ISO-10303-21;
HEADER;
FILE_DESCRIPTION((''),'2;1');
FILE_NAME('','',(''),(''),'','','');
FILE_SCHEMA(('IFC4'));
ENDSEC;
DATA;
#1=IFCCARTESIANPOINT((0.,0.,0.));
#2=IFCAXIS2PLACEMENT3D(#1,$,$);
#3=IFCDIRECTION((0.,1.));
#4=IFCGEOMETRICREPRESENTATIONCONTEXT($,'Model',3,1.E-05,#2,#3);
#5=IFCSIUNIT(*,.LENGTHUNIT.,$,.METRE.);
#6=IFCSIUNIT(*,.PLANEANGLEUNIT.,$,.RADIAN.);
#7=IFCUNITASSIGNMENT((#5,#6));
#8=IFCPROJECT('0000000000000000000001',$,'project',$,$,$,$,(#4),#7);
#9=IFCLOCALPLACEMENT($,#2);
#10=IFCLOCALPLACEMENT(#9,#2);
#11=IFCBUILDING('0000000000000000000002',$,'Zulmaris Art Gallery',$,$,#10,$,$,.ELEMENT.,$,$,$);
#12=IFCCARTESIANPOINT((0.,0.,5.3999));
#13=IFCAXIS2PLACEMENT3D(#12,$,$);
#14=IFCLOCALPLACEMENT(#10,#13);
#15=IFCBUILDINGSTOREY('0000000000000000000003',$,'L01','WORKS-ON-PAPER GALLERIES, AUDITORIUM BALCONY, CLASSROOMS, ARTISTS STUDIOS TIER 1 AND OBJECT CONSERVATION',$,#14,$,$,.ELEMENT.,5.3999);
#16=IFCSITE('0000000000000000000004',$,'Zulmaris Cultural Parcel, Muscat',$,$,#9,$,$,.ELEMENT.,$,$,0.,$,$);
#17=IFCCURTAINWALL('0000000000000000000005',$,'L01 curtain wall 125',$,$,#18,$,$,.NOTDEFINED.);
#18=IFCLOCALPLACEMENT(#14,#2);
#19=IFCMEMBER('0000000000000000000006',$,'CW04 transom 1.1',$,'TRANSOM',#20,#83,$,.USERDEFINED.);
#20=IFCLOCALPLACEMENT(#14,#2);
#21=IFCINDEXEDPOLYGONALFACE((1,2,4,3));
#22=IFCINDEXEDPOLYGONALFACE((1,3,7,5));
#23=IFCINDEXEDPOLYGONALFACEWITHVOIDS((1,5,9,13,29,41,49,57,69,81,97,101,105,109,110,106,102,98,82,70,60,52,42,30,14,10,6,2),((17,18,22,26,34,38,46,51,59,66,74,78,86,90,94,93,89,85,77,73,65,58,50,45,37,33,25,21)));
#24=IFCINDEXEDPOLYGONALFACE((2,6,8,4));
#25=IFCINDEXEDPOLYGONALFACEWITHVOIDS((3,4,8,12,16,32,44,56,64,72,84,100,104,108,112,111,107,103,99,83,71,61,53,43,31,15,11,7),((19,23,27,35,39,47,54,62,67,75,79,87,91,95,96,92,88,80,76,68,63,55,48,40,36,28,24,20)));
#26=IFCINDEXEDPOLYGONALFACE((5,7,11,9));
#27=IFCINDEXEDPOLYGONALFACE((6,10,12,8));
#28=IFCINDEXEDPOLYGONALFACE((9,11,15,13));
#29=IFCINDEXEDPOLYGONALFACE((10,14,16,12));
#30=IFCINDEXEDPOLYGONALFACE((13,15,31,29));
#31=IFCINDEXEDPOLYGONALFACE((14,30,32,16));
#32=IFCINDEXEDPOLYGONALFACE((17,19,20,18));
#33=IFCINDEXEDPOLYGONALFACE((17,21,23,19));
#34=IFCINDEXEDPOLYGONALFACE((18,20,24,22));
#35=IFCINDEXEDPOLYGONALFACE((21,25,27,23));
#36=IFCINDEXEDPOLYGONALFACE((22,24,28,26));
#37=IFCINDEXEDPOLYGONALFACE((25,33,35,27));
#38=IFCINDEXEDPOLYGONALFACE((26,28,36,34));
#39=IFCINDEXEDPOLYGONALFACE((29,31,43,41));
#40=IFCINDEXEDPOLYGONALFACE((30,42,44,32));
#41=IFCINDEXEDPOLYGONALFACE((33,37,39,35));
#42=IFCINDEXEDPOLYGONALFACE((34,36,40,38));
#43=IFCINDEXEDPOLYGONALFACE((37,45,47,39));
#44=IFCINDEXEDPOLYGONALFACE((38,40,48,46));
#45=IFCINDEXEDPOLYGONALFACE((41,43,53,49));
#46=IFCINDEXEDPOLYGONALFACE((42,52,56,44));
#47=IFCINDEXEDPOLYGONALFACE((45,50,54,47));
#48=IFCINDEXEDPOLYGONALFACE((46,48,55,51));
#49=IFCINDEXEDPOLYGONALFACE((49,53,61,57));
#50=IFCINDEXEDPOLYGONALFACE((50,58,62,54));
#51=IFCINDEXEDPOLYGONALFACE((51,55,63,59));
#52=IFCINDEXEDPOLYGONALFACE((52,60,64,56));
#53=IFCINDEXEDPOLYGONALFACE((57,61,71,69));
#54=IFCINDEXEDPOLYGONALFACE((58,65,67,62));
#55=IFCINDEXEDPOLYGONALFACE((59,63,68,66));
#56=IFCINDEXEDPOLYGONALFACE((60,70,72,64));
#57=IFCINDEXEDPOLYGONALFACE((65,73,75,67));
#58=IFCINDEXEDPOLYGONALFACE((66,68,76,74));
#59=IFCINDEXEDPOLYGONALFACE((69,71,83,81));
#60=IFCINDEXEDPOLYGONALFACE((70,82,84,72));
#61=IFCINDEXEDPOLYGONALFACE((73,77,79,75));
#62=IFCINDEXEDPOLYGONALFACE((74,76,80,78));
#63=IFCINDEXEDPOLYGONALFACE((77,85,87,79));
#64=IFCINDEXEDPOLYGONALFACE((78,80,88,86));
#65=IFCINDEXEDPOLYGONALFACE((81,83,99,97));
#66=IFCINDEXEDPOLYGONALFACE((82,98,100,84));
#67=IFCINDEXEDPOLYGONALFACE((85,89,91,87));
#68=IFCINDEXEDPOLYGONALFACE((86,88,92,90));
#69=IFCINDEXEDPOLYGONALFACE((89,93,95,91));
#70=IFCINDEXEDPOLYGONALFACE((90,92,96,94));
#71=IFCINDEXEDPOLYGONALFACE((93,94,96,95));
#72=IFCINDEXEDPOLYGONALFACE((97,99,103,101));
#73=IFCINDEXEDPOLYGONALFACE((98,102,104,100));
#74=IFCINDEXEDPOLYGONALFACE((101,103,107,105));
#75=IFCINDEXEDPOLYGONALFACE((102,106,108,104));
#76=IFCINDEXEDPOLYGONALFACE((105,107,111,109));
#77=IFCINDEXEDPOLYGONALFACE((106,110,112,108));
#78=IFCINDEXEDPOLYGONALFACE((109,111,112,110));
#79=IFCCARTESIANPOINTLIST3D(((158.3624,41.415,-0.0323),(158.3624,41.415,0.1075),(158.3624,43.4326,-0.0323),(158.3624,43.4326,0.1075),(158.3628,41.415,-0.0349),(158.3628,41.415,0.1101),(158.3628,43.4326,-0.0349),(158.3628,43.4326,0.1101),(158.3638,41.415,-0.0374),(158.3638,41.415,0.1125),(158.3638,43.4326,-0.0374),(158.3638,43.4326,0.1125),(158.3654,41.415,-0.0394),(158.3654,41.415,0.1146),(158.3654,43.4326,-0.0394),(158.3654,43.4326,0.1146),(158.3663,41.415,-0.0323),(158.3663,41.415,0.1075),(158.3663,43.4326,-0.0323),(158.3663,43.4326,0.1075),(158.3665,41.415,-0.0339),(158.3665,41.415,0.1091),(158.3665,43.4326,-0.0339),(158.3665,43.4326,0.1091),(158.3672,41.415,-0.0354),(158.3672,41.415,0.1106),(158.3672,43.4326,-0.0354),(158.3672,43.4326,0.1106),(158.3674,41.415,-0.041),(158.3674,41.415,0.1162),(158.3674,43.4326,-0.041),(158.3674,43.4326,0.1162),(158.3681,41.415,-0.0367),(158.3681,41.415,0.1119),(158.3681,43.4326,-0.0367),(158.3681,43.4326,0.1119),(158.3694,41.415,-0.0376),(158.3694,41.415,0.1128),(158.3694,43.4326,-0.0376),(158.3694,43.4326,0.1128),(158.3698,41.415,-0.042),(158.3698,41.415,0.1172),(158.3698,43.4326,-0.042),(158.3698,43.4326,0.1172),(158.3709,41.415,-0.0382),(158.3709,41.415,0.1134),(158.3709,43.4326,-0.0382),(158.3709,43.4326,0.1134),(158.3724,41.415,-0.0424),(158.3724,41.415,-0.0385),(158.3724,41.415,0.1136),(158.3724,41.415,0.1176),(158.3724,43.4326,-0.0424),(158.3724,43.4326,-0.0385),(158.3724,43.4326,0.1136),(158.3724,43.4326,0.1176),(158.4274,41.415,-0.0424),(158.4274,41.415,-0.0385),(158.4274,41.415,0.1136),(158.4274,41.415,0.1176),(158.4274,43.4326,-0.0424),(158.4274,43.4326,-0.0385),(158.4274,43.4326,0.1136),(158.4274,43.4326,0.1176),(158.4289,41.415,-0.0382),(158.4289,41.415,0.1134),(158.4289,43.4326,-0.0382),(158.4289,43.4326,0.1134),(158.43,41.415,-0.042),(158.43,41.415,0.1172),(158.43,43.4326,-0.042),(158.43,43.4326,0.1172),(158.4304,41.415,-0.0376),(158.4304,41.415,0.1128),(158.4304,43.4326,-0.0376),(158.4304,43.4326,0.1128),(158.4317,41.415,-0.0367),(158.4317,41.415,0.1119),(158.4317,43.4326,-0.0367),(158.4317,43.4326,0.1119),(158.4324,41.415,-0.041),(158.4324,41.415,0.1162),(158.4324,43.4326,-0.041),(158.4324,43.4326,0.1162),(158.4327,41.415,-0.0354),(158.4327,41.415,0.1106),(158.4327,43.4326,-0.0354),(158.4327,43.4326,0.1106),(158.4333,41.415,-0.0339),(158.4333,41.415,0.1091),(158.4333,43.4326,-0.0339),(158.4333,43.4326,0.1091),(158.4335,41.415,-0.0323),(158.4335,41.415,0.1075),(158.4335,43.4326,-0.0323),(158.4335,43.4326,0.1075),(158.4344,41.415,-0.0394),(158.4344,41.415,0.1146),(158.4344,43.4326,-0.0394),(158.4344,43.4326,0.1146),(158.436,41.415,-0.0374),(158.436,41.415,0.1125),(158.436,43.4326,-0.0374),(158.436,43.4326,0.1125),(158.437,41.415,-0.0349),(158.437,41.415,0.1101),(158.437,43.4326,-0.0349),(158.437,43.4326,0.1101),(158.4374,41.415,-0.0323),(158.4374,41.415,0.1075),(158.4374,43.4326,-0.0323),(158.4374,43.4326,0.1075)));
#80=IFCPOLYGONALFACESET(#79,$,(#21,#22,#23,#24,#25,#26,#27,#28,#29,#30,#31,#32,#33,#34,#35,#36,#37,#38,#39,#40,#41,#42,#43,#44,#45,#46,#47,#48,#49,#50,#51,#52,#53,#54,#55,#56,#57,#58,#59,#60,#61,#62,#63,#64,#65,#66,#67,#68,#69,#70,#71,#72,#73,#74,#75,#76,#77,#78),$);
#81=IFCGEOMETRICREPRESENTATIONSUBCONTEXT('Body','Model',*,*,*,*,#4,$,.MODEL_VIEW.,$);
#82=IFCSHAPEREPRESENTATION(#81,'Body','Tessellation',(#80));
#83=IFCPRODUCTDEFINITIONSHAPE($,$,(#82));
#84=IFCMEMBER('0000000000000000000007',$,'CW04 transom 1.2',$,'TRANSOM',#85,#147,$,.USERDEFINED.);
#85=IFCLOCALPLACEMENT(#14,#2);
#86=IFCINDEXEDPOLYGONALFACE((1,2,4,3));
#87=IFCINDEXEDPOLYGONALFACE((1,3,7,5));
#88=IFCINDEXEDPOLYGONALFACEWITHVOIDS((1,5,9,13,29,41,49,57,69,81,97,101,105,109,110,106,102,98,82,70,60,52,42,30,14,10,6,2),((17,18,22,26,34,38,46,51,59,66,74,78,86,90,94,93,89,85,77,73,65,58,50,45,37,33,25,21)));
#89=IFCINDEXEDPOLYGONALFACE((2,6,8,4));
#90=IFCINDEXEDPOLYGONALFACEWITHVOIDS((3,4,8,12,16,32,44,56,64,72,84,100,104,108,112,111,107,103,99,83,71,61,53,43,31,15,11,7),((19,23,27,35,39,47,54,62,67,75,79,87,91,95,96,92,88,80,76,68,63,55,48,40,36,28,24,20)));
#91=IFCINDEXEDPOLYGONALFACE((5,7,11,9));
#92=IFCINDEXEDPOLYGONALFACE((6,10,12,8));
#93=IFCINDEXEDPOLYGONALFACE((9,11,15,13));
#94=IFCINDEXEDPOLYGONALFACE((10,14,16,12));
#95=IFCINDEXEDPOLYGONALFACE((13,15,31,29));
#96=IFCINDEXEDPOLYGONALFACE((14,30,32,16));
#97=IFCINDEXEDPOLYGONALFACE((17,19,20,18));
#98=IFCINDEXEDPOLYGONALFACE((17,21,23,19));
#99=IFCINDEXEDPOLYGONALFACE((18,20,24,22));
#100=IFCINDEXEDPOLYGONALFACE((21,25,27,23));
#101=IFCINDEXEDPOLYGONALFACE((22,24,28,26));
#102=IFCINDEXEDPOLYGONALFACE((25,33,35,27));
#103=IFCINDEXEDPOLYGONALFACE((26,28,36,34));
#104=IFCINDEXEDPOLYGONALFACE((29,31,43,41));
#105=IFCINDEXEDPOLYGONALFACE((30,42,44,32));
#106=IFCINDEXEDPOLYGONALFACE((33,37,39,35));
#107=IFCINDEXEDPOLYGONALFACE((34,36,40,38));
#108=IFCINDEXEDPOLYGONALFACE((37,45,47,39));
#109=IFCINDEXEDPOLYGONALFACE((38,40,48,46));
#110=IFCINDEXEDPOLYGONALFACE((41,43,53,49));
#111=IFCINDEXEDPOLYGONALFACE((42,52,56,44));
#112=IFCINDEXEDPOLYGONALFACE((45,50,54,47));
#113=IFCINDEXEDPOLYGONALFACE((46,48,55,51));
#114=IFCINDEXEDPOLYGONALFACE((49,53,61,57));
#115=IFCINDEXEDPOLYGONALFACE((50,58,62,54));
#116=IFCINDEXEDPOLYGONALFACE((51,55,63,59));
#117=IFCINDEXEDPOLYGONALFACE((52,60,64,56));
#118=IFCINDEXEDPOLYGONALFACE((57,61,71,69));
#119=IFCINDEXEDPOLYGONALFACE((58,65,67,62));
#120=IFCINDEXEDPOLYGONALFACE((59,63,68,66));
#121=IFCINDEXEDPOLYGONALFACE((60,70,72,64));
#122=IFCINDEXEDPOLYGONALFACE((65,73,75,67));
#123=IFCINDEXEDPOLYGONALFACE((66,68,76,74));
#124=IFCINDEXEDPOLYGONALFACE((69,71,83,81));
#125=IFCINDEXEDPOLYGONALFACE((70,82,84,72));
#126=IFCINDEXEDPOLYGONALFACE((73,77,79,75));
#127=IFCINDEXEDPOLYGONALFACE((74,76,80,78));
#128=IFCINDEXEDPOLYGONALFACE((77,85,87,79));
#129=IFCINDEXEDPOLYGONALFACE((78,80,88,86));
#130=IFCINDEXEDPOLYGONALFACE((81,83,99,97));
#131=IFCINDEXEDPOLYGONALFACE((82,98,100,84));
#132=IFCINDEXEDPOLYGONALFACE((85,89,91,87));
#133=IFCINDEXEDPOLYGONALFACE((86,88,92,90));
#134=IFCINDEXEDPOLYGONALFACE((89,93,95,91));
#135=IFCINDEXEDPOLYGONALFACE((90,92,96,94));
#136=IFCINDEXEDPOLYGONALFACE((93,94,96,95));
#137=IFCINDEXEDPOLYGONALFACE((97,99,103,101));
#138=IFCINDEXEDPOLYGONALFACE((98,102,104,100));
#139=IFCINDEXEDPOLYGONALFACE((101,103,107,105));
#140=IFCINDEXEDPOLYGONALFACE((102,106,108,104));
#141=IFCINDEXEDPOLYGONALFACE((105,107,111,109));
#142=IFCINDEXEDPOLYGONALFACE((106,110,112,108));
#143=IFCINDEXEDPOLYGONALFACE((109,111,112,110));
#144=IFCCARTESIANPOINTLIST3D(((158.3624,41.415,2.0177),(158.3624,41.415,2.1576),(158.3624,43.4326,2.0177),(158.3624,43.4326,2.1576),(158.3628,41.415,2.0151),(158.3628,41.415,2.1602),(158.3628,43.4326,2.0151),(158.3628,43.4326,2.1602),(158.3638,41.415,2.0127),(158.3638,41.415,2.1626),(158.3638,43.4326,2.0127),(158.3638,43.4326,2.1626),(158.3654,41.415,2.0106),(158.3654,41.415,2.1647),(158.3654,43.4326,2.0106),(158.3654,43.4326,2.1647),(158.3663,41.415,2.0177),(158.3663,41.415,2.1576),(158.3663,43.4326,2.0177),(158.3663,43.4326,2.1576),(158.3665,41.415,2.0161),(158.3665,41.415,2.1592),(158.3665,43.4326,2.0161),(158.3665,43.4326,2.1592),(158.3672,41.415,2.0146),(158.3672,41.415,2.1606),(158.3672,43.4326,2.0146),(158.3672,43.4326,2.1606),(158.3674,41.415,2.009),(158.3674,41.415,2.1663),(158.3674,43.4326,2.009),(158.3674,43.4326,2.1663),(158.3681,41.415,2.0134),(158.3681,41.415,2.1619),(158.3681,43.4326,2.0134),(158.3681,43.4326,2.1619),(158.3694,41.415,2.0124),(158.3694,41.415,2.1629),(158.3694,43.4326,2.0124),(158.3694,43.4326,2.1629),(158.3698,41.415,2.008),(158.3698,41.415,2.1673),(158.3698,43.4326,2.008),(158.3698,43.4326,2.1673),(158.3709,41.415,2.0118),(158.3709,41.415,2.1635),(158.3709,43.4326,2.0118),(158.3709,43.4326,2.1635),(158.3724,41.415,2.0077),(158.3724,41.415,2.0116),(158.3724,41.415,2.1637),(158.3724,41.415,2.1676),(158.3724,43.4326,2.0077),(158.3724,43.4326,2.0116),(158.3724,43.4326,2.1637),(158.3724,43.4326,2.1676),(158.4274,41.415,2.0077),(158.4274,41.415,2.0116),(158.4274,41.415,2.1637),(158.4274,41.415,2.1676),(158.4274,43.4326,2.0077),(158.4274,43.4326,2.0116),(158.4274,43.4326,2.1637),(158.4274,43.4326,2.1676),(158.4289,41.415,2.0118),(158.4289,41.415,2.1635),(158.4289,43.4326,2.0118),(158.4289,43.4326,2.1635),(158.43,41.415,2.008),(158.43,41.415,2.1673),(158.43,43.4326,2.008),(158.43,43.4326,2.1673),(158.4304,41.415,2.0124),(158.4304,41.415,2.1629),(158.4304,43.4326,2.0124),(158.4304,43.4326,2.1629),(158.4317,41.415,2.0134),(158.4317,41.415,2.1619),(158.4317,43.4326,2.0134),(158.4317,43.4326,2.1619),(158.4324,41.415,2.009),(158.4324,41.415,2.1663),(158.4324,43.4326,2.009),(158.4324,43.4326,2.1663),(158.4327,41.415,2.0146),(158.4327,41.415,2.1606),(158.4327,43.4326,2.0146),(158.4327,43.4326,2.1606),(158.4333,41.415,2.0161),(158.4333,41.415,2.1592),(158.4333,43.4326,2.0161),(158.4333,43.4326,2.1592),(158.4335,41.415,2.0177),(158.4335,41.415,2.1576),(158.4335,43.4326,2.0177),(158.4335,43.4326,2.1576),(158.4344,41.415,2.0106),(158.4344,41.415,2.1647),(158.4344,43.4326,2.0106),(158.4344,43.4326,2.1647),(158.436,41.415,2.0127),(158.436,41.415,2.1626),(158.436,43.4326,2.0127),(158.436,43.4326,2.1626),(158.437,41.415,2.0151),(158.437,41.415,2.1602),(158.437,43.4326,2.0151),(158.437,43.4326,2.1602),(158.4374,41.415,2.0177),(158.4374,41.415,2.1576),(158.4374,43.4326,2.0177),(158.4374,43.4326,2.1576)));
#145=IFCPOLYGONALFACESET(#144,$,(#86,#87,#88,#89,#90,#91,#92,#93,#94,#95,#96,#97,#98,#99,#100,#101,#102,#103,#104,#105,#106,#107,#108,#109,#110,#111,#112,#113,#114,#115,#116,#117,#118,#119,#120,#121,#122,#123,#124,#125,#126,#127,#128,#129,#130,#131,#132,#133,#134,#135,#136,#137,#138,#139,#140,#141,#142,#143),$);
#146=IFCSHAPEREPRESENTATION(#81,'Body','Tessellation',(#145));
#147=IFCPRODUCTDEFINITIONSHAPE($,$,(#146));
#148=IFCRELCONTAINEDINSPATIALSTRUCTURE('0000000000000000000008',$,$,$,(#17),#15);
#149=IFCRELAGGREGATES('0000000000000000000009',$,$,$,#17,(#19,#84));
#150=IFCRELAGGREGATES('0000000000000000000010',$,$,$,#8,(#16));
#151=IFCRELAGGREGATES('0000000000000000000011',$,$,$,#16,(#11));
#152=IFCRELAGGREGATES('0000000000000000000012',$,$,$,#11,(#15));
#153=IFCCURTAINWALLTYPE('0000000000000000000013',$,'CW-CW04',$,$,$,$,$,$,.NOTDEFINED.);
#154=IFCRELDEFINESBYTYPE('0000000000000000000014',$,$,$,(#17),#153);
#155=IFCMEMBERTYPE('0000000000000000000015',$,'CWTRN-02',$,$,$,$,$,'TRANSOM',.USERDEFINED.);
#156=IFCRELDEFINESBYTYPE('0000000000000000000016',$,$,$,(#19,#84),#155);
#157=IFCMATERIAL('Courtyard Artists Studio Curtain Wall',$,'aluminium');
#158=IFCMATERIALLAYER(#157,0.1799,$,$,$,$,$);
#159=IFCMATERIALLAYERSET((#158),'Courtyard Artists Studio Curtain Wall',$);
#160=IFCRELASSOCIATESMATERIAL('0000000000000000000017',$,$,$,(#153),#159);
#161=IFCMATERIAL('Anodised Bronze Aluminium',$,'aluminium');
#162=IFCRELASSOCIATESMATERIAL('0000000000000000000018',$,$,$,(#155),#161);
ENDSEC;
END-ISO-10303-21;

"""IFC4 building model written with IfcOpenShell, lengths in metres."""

from ifc_helpers import new_model, si_unit, direction, frame, origin, origin_2d, place, context, subcontext, project, spatial, hollow_rectangle, extrude, material, layer, layer_set, material_profile, profile_set, type_object, element, aggregate, save


model = new_model("IFC4")

# Units and contexts
model_context = context("Model", 3, precision=1e-05, world=origin(), true_north=direction((0.0, 1.0)))
body_context = subcontext(model_context, "Body", "Model", "MODEL_VIEW")
ifc_project = project(units=[si_unit("LENGTHUNIT", "METRE"), si_unit("PLANEANGLEUNIT", "RADIAN")], contexts=[model_context])

# Site, building, storey
site_placement = place(None, origin())
site = spatial("IfcSite", under=ifc_project, at=site_placement, Name="Zulmaris Cultural Parcel, Muscat", CompositionType="ELEMENT", RefElevation=0.0)
building_placement = place(site_placement, origin())
building = spatial("IfcBuilding", under=site, at=building_placement, Name="Zulmaris Art Gallery", CompositionType="ELEMENT")
storey_placement = place(building_placement, frame((0.0, 0.0, 5.3999)))
storey = spatial("IfcBuildingStorey", under=building, at=storey_placement, Name="L01", Description="WORKS-ON-PAPER GALLERIES, AUDITORIUM BALCONY, CLASSROOMS, ARTISTS STUDIOS TIER 1 AND OBJECT CONSERVATION", CompositionType="ELEMENT", Elevation=5.3999)

# Curtain wall
ifc_material_1 = material(Name="Courtyard Artists Studio Curtain Wall", Category="aluminium")
ifc_layer_1 = layer(ifc_material_1, 0.1799)
ifc_layer_set_1 = layer_set([ifc_layer_1], Name="Courtyard Artists Studio Curtain Wall")
curtain_wall_type = type_object("IfcCurtainWallType", Name="CW-CW04", PredefinedType="NOTDEFINED", material=ifc_layer_set_1)
ifc_material_2 = material(Name="Anodised Bronze Aluminium", Category="aluminium")
curtain_wall_1_placement = place(storey_placement, origin())
curtain_wall_1 = element("IfcCurtainWall", 1, at=curtain_wall_1_placement, inside=storey, type_object=curtain_wall_type, Name="L01 curtain wall 125", PredefinedType="NOTDEFINED")

# Members
ifc_material_profile_1 = material_profile(ifc_material_2, hollow_rectangle(XDim=0.075, YDim=0.1599, WallThickness=0.0039, InnerFilletRadius=0.0061, OuterFilletRadius=0.01, at=origin_2d()), Name="ALU 75x160x4")
ifc_profile_set_1 = profile_set([ifc_material_profile_1], Name="Anodised Bronze Aluminium")
member_type_1 = type_object("IfcMemberType", Name="CWTRN-02", ElementType="TRANSOM", PredefinedType="USERDEFINED", material=ifc_profile_set_1)
member_1_placement = place(storey_placement, frame((158.3999, 41.415, 0.0376), z_axis=(0.0, 1.0, 0.0), x_axis=(-1.0, 0.0, 0.0)))
member_1 = element("IfcMember", 2, at=member_1_placement, type_object=member_type_1, Name="CW04 transom 1.1", ObjectType="TRANSOM", PredefinedType="USERDEFINED", context=body_context, shape_type="SweptSolid", body=[
    extrude(hollow_rectangle(XDim=0.075, YDim=0.1599, WallThickness=0.0039, InnerFilletRadius=0.0061, OuterFilletRadius=0.01, at=origin_2d()), origin(), (0.0, 0.0, 1.0), 2.0176),
])
member_2_placement = place(storey_placement, frame((158.3999, 41.415, 2.0876), z_axis=(0.0, 1.0, 0.0), x_axis=(-1.0, 0.0, 0.0)))
member_2 = element("IfcMember", 3, at=member_2_placement, type_object=member_type_1, Name="CW04 transom 1.2", ObjectType="TRANSOM", PredefinedType="USERDEFINED", context=body_context, shape_type="SweptSolid", body=[
    extrude(hollow_rectangle(XDim=0.075, YDim=0.1599, WallThickness=0.0039, InnerFilletRadius=0.0061, OuterFilletRadius=0.01, at=origin_2d()), origin(), (0.0, 0.0, 1.0), 2.0176),
])

aggregate(curtain_wall_1, [member_1, member_2])

save(model, "model.ifc")
